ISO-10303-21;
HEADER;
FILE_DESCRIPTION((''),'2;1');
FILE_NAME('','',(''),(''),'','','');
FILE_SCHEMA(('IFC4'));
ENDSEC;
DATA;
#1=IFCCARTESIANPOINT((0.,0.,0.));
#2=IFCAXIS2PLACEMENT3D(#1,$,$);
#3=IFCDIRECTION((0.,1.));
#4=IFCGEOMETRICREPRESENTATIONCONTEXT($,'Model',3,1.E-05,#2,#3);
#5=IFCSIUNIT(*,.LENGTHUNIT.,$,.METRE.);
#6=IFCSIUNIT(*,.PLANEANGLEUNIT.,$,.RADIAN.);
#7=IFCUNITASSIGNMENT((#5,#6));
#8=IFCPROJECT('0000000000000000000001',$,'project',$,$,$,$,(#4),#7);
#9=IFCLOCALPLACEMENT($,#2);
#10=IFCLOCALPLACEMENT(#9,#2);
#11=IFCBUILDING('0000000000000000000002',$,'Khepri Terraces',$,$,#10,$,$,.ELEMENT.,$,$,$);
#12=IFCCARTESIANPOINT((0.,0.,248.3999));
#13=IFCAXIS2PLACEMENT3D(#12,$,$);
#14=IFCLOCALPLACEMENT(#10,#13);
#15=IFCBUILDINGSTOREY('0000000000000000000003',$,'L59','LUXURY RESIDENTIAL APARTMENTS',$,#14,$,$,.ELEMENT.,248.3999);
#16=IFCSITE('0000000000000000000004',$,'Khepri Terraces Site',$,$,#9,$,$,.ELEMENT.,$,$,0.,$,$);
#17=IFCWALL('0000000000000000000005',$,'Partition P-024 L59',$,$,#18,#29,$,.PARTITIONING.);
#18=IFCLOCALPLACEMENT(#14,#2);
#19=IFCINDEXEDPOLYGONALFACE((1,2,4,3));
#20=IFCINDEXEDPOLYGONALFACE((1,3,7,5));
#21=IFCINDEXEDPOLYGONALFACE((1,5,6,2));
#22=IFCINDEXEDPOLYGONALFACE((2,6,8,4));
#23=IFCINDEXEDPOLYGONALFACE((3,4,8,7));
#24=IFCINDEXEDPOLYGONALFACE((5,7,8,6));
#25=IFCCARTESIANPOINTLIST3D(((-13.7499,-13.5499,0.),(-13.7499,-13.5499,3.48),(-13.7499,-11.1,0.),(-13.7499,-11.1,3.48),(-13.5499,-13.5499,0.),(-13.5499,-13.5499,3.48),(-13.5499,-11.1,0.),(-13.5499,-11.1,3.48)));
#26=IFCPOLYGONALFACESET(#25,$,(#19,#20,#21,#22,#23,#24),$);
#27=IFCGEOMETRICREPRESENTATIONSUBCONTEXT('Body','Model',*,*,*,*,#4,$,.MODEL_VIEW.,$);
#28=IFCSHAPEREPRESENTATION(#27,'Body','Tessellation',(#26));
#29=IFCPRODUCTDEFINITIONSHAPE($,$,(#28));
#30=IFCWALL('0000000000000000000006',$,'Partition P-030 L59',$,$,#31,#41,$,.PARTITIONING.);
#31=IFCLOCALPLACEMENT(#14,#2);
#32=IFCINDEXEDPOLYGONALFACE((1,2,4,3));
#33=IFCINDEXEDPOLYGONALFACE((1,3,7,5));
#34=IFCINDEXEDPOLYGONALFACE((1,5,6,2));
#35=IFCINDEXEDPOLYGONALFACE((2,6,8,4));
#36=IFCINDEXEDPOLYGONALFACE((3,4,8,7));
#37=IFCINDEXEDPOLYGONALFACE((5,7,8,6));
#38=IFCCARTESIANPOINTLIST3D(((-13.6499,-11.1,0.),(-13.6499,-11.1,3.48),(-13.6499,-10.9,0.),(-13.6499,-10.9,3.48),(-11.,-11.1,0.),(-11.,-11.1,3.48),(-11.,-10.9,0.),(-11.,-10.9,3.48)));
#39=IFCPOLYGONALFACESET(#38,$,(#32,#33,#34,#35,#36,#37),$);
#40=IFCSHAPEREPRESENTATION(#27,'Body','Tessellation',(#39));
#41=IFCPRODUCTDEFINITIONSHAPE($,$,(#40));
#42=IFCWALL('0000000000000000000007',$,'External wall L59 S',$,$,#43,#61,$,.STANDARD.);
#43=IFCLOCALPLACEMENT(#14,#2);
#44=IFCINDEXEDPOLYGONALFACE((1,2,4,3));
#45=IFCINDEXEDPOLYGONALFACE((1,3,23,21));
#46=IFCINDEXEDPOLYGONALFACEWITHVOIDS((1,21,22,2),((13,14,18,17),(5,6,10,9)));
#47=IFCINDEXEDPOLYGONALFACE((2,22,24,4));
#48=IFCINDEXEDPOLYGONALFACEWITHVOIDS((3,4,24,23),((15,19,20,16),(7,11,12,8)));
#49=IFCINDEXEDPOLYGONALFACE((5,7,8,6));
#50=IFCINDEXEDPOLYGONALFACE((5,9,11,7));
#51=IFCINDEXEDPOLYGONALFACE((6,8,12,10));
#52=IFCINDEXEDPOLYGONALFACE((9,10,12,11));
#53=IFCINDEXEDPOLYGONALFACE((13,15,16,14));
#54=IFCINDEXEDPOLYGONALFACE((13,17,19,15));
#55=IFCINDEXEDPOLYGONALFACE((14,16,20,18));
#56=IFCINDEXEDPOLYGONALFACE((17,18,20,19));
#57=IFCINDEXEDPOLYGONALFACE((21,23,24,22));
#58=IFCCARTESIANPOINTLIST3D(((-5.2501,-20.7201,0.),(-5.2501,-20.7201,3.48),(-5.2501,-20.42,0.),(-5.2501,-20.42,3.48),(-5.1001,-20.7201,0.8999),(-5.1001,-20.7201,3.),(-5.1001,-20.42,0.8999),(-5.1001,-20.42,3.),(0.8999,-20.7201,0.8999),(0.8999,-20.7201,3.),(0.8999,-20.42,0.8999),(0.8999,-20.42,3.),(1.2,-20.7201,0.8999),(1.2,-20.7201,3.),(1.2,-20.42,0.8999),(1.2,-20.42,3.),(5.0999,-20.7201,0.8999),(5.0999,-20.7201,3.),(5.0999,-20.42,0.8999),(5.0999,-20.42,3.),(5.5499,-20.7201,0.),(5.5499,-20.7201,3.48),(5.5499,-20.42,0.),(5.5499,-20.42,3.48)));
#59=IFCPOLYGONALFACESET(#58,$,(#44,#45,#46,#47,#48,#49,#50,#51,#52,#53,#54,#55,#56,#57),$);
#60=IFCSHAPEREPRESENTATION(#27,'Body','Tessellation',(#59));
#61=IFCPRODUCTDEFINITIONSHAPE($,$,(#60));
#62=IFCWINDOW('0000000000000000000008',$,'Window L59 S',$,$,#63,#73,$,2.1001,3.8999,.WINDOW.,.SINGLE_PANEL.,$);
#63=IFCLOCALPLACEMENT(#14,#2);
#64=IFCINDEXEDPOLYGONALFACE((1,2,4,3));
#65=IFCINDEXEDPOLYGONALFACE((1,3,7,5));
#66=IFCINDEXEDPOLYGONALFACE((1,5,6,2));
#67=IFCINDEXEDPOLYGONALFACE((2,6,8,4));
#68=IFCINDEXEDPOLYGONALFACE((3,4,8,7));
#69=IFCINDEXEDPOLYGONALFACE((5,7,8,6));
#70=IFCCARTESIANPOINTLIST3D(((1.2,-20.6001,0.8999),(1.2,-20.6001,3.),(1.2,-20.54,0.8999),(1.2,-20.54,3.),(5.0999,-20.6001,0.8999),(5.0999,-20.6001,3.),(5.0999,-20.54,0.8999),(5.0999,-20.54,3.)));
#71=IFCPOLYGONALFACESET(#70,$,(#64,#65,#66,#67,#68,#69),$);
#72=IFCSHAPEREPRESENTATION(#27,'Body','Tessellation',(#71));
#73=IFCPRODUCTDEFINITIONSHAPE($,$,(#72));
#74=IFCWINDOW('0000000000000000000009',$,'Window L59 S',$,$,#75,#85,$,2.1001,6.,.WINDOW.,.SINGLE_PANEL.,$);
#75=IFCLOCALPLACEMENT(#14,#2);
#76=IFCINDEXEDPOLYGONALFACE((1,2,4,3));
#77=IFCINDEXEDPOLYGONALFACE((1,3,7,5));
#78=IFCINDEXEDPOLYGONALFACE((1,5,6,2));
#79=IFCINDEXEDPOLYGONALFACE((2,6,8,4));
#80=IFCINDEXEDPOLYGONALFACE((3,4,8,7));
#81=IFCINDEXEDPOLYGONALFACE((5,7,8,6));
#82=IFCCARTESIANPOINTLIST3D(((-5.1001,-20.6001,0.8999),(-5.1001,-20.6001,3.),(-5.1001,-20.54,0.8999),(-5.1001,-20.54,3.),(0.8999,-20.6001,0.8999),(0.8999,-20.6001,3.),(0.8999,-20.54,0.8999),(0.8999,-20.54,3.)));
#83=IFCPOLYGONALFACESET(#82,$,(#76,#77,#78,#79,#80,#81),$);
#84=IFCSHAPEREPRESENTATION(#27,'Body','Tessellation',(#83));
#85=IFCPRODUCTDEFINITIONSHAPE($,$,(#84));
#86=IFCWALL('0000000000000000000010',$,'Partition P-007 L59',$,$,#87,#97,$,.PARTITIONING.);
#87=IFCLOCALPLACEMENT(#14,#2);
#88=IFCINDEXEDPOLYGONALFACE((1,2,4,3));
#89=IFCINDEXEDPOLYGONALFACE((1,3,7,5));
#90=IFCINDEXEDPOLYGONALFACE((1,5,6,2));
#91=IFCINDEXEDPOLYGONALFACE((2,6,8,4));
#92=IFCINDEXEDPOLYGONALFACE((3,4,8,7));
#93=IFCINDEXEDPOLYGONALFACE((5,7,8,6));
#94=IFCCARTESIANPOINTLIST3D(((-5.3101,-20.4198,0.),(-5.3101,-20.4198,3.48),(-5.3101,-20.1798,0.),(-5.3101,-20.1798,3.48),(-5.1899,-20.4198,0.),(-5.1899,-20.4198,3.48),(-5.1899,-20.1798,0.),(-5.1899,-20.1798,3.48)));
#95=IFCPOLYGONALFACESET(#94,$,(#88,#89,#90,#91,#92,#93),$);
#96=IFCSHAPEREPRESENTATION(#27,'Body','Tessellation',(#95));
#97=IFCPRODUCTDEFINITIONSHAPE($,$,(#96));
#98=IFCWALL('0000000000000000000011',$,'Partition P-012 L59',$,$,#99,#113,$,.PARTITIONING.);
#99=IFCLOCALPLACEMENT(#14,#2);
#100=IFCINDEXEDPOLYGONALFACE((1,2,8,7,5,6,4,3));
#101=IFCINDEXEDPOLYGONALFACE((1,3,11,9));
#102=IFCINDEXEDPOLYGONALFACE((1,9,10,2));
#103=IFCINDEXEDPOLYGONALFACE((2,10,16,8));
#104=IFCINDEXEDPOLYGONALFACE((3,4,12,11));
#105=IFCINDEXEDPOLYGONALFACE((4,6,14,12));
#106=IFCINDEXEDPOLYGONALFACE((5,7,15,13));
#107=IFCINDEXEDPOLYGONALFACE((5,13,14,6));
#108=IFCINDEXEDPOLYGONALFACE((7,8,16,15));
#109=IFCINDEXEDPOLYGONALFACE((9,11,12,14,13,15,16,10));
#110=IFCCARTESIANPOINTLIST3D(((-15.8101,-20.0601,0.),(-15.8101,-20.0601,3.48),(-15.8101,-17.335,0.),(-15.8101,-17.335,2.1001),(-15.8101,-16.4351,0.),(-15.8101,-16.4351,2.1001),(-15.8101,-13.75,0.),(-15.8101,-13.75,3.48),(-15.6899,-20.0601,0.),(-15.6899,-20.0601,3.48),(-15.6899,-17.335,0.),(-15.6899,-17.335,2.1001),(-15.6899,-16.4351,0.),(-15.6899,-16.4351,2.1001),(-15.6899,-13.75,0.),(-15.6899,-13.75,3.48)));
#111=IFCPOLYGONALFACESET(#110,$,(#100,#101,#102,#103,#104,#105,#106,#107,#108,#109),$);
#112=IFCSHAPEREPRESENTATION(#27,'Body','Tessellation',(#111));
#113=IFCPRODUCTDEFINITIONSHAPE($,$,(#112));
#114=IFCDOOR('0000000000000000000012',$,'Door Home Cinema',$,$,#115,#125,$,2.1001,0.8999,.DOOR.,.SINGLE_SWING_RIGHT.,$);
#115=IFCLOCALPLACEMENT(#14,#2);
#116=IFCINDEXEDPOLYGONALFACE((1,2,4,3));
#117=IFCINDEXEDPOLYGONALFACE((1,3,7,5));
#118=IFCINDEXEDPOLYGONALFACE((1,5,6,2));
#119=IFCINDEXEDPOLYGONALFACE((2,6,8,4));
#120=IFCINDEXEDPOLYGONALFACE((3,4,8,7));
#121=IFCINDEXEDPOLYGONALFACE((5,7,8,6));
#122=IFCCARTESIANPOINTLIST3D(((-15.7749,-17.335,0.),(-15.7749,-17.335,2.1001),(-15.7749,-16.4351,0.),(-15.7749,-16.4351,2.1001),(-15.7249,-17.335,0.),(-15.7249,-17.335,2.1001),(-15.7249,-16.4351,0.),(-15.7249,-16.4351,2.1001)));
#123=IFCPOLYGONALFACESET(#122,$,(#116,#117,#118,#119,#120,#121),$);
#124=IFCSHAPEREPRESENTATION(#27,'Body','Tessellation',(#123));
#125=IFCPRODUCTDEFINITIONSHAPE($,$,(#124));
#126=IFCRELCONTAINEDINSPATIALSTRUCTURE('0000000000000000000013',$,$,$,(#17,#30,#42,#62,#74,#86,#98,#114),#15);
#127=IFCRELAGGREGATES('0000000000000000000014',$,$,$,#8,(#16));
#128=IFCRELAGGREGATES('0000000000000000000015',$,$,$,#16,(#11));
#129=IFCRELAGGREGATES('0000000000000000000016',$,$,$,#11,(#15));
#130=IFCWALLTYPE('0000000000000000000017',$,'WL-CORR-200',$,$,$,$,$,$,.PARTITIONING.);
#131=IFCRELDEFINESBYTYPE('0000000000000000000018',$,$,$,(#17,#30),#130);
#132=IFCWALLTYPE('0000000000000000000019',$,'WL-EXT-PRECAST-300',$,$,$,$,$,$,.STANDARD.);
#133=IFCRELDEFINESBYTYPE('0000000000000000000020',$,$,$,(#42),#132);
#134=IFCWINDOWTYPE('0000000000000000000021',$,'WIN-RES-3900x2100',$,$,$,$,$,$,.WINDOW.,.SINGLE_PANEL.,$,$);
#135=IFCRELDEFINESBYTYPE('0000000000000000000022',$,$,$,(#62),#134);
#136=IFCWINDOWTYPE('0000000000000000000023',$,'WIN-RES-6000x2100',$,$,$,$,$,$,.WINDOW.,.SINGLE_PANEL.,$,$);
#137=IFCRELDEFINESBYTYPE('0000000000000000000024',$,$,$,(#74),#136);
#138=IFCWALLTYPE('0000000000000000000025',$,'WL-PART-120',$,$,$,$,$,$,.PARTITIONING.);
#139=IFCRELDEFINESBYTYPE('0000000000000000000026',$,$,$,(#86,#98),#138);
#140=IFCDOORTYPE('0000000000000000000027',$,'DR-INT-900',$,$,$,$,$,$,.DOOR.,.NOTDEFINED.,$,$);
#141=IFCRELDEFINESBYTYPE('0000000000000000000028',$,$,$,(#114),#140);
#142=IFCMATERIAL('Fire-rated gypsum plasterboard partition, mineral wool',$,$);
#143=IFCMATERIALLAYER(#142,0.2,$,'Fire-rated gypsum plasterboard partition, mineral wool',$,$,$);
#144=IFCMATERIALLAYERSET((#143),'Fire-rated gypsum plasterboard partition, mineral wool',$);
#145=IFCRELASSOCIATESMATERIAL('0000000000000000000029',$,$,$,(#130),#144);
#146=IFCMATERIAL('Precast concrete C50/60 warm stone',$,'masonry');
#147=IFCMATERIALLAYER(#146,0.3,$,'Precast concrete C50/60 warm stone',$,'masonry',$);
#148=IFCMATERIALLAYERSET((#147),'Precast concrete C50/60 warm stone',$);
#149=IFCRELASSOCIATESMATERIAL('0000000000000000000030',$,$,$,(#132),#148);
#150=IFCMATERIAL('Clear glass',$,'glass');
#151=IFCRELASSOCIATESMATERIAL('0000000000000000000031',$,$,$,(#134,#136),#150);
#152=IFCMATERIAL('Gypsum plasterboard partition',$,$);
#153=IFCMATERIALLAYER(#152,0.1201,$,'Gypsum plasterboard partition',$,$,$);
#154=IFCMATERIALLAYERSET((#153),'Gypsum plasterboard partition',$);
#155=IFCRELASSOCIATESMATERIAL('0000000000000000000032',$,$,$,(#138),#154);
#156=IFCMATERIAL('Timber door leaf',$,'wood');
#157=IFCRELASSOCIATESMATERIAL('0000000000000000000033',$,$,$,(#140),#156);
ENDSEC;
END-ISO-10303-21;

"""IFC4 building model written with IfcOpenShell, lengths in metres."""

from ifc_helpers import new_model, si_unit, direction, frame, frame_2d, origin, place, context, subcontext, project, spatial, rectangle, extrude, material, layer, layer_set, type_object, element, fill, save


model = new_model("IFC4")

# Units and contexts
model_context = context("Model", 3, precision=1e-05, world=origin(), true_north=direction((0.0, 1.0)))
body_context = subcontext(model_context, "Body", "Model", "MODEL_VIEW")
ifc_project = project(units=[si_unit("LENGTHUNIT", "METRE"), si_unit("PLANEANGLEUNIT", "RADIAN")], contexts=[model_context])

# Site, building, storey
site_placement = place(None, origin())
site = spatial("IfcSite", under=ifc_project, at=site_placement, Name="Khepri Terraces Site", CompositionType="ELEMENT", RefElevation=0.0)
building_placement = place(site_placement, origin())
building = spatial("IfcBuilding", under=site, at=building_placement, Name="Khepri Terraces", CompositionType="ELEMENT")
storey_placement = place(building_placement, frame((0.0, 0.0, 248.3999)))
storey = spatial("IfcBuildingStorey", under=building, at=storey_placement, Name="L59", Description="LUXURY RESIDENTIAL APARTMENTS", CompositionType="ELEMENT", Elevation=248.3999)

# Walls
ifc_material_1 = material(Name="Fire-rated gypsum plasterboard partition, mineral wool")
ifc_layer_1 = layer(ifc_material_1, 0.2, Name="Fire-rated gypsum plasterboard partition, mineral wool")
ifc_layer_set_1 = layer_set([ifc_layer_1], Name="Fire-rated gypsum plasterboard partition, mineral wool")
wall_type_1 = type_object("IfcWallType", Name="WL-CORR-200", PredefinedType="PARTITIONING", material=ifc_layer_set_1)
wall_1_placement = place(storey_placement, frame((-13.6499, -13.55, 0.0), z_axis=(0.0, 0.0, 1.0), x_axis=(0.0, 1.0, 0.0)))
element("IfcWall", 1, at=wall_1_placement, inside=storey, type_object=wall_type_1, Name="Partition P-024 L59", PredefinedType="PARTITIONING", context=body_context, shape_type="SweptSolid", body=[
    extrude(rectangle(XDim=2.45, YDim=0.2, at=frame_2d((1.2251, 0.0))), origin(), (0.0, 0.0, 1.0), 3.48),
])
wall_2_placement = place(storey_placement, frame((-13.6499, -11.0, 0.0), z_axis=(0.0, 0.0, 1.0), x_axis=(1.0, 0.0, 0.0)))
element("IfcWall", 2, at=wall_2_placement, inside=storey, type_object=wall_type_1, Name="Partition P-030 L59", PredefinedType="PARTITIONING", context=body_context, shape_type="SweptSolid", body=[
    extrude(rectangle(XDim=2.6499, YDim=0.2, at=frame_2d((1.325, 0.0))), origin(), (0.0, 0.0, 1.0), 3.48),
])

# Wall, openings, windows
ifc_material_2 = material(Name="Precast concrete C50/60 warm stone", Category="masonry")
ifc_layer_2 = layer(ifc_material_2, 0.3, Name="Precast concrete C50/60 warm stone", Category="masonry")
ifc_layer_set_2 = layer_set([ifc_layer_2], Name="Precast concrete C50/60 warm stone")
wall_type_2 = type_object("IfcWallType", Name="WL-EXT-PRECAST-300", PredefinedType="STANDARD", material=ifc_layer_set_2)
wall_3_placement = place(storey_placement, frame((-5.25, -20.5701, 0.0), z_axis=(0.0, 0.0, 1.0), x_axis=(1.0, 0.0, 0.0)))
wall_3 = element("IfcWall", 3, at=wall_3_placement, inside=storey, type_object=wall_type_2, Name="External wall L59 S", PredefinedType="STANDARD", context=body_context, shape_type="SweptSolid", body=[
    extrude(rectangle(XDim=10.8, YDim=0.3, at=frame_2d((5.3999, 0.0))), origin(), (0.0, 0.0, 1.0), 3.48),
])
opening_1_placement = place(wall_3_placement, frame((0.1499, 0.0, 0.8999)))
opening_1 = element("IfcOpeningElement", 4, at=opening_1_placement, cuts=wall_3, PredefinedType="OPENING", context=body_context, shape_type="SweptSolid", body=[
    extrude(rectangle(XDim=6.0, YDim=2.1001, at=frame_2d((3.0, 1.05))), frame((0.0, 0.1602, 0.0), z_axis=(0.0, -1.0, 0.0), x_axis=(1.0, 0.0, 0.0)), (0.0, 0.0, 1.0), 0.3201),
])
opening_2_placement = place(wall_3_placement, frame((6.45, 0.0, 0.8999)))
opening_2 = element("IfcOpeningElement", 5, at=opening_2_placement, cuts=wall_3, PredefinedType="OPENING", context=body_context, shape_type="SweptSolid", body=[
    extrude(rectangle(XDim=3.8999, YDim=2.1001, at=frame_2d((1.95, 1.05))), frame((0.0, 0.1602, 0.0), z_axis=(0.0, -1.0, 0.0), x_axis=(1.0, 0.0, 0.0)), (0.0, 0.0, 1.0), 0.3201),
])
ifc_material_3 = material(Name="Clear glass", Category="glass")
window_type_1 = type_object("IfcWindowType", Name="WIN-RES-3900x2100", PartitioningType="SINGLE_PANEL", PredefinedType="WINDOW", material=ifc_material_3)
window_1_placement = place(opening_2_placement, origin())
window_1 = element("IfcWindow", 6, at=window_1_placement, inside=storey, type_object=window_type_1, Name="Window L59 S", OverallHeight=2.1001, OverallWidth=3.8999, PartitioningType="SINGLE_PANEL", PredefinedType="WINDOW", context=body_context, shape_type="SweptSolid", body=[
    extrude(rectangle(XDim=3.8999, YDim=2.1001, at=frame_2d((1.95, 1.05))), frame((0.0, 0.03, 0.0), z_axis=(0.0, -1.0, 0.0), x_axis=(1.0, 0.0, 0.0)), (0.0, 0.0, 1.0), 0.0601),
])
fill(opening_2, window_1)
window_type_2 = type_object("IfcWindowType", Name="WIN-RES-6000x2100", PartitioningType="SINGLE_PANEL", PredefinedType="WINDOW", material=ifc_material_3)
window_2_placement = place(opening_1_placement, origin())
window_2 = element("IfcWindow", 7, at=window_2_placement, inside=storey, type_object=window_type_2, Name="Window L59 S", OverallHeight=2.1001, OverallWidth=6.0, PartitioningType="SINGLE_PANEL", PredefinedType="WINDOW", context=body_context, shape_type="SweptSolid", body=[
    extrude(rectangle(XDim=6.0, YDim=2.1001, at=frame_2d((3.0, 1.05))), frame((0.0, 0.03, 0.0), z_axis=(0.0, -1.0, 0.0), x_axis=(1.0, 0.0, 0.0)), (0.0, 0.0, 1.0), 0.0601),
])
fill(opening_1, window_2)

# Wall
ifc_material_4 = material(Name="Gypsum plasterboard partition")
ifc_layer_3 = layer(ifc_material_4, 0.1201, Name="Gypsum plasterboard partition")
ifc_layer_set_3 = layer_set([ifc_layer_3], Name="Gypsum plasterboard partition")
wall_type_3 = type_object("IfcWallType", Name="WL-PART-120", PredefinedType="PARTITIONING", material=ifc_layer_set_3)
wall_4_placement = place(storey_placement, frame((-5.25, -20.4199, 0.0), z_axis=(0.0, 0.0, 1.0), x_axis=(0.0, 1.0, 0.0)))
element("IfcWall", 8, at=wall_4_placement, inside=storey, type_object=wall_type_3, Name="Partition P-007 L59", PredefinedType="PARTITIONING", context=body_context, shape_type="SweptSolid", body=[
    extrude(rectangle(XDim=0.24, YDim=0.1201, at=frame_2d((0.1201, 0.0))), origin(), (0.0, 0.0, 1.0), 3.48),
])

# Wall, opening, door
wall_5_placement = place(storey_placement, frame((-15.75, -20.0601, 0.0), z_axis=(0.0, 0.0, 1.0), x_axis=(0.0, 1.0, 0.0)))
wall_5 = element("IfcWall", 9, at=wall_5_placement, inside=storey, type_object=wall_type_3, Name="Partition P-012 L59", PredefinedType="PARTITIONING", context=body_context, shape_type="SweptSolid", body=[
    extrude(rectangle(XDim=6.3101, YDim=0.1201, at=frame_2d((3.155, 0.0))), origin(), (0.0, 0.0, 1.0), 3.48),
])
opening_3_placement = place(wall_5_placement, frame((2.7251, 0.0, 0.0)))
opening_3 = element("IfcOpeningElement", 10, at=opening_3_placement, cuts=wall_5, PredefinedType="OPENING", context=body_context, shape_type="SweptSolid", body=[
    extrude(rectangle(XDim=0.8999, YDim=2.1001, at=frame_2d((0.45, 1.05))), frame((0.0, 0.0701, 0.0), z_axis=(0.0, -1.0, 0.0), x_axis=(1.0, 0.0, 0.0)), (0.0, 0.0, 1.0), 0.1401),
])
ifc_material_5 = material(Name="Timber door leaf", Category="wood")
door_type_1 = type_object("IfcDoorType", Name="DR-INT-900", OperationType="NOTDEFINED", PredefinedType="DOOR", material=ifc_material_5)
door_1_placement = place(opening_3_placement, origin())
door_1 = element("IfcDoor", 11, at=door_1_placement, inside=storey, type_object=door_type_1, Name="Door Home Cinema", OperationType="SINGLE_SWING_RIGHT", OverallHeight=2.1001, OverallWidth=0.8999, PredefinedType="DOOR", context=body_context, shape_type="SweptSolid", body=[
    extrude(rectangle(XDim=0.8999, YDim=2.1001, at=frame_2d((0.45, 1.05))), frame((0.0, 0.0249, 0.0), z_axis=(0.0, -1.0, 0.0), x_axis=(1.0, 0.0, 0.0)), (0.0, 0.0, 1.0), 0.05),
])
fill(opening_3, door_1)

save(model, "model.ifc")
